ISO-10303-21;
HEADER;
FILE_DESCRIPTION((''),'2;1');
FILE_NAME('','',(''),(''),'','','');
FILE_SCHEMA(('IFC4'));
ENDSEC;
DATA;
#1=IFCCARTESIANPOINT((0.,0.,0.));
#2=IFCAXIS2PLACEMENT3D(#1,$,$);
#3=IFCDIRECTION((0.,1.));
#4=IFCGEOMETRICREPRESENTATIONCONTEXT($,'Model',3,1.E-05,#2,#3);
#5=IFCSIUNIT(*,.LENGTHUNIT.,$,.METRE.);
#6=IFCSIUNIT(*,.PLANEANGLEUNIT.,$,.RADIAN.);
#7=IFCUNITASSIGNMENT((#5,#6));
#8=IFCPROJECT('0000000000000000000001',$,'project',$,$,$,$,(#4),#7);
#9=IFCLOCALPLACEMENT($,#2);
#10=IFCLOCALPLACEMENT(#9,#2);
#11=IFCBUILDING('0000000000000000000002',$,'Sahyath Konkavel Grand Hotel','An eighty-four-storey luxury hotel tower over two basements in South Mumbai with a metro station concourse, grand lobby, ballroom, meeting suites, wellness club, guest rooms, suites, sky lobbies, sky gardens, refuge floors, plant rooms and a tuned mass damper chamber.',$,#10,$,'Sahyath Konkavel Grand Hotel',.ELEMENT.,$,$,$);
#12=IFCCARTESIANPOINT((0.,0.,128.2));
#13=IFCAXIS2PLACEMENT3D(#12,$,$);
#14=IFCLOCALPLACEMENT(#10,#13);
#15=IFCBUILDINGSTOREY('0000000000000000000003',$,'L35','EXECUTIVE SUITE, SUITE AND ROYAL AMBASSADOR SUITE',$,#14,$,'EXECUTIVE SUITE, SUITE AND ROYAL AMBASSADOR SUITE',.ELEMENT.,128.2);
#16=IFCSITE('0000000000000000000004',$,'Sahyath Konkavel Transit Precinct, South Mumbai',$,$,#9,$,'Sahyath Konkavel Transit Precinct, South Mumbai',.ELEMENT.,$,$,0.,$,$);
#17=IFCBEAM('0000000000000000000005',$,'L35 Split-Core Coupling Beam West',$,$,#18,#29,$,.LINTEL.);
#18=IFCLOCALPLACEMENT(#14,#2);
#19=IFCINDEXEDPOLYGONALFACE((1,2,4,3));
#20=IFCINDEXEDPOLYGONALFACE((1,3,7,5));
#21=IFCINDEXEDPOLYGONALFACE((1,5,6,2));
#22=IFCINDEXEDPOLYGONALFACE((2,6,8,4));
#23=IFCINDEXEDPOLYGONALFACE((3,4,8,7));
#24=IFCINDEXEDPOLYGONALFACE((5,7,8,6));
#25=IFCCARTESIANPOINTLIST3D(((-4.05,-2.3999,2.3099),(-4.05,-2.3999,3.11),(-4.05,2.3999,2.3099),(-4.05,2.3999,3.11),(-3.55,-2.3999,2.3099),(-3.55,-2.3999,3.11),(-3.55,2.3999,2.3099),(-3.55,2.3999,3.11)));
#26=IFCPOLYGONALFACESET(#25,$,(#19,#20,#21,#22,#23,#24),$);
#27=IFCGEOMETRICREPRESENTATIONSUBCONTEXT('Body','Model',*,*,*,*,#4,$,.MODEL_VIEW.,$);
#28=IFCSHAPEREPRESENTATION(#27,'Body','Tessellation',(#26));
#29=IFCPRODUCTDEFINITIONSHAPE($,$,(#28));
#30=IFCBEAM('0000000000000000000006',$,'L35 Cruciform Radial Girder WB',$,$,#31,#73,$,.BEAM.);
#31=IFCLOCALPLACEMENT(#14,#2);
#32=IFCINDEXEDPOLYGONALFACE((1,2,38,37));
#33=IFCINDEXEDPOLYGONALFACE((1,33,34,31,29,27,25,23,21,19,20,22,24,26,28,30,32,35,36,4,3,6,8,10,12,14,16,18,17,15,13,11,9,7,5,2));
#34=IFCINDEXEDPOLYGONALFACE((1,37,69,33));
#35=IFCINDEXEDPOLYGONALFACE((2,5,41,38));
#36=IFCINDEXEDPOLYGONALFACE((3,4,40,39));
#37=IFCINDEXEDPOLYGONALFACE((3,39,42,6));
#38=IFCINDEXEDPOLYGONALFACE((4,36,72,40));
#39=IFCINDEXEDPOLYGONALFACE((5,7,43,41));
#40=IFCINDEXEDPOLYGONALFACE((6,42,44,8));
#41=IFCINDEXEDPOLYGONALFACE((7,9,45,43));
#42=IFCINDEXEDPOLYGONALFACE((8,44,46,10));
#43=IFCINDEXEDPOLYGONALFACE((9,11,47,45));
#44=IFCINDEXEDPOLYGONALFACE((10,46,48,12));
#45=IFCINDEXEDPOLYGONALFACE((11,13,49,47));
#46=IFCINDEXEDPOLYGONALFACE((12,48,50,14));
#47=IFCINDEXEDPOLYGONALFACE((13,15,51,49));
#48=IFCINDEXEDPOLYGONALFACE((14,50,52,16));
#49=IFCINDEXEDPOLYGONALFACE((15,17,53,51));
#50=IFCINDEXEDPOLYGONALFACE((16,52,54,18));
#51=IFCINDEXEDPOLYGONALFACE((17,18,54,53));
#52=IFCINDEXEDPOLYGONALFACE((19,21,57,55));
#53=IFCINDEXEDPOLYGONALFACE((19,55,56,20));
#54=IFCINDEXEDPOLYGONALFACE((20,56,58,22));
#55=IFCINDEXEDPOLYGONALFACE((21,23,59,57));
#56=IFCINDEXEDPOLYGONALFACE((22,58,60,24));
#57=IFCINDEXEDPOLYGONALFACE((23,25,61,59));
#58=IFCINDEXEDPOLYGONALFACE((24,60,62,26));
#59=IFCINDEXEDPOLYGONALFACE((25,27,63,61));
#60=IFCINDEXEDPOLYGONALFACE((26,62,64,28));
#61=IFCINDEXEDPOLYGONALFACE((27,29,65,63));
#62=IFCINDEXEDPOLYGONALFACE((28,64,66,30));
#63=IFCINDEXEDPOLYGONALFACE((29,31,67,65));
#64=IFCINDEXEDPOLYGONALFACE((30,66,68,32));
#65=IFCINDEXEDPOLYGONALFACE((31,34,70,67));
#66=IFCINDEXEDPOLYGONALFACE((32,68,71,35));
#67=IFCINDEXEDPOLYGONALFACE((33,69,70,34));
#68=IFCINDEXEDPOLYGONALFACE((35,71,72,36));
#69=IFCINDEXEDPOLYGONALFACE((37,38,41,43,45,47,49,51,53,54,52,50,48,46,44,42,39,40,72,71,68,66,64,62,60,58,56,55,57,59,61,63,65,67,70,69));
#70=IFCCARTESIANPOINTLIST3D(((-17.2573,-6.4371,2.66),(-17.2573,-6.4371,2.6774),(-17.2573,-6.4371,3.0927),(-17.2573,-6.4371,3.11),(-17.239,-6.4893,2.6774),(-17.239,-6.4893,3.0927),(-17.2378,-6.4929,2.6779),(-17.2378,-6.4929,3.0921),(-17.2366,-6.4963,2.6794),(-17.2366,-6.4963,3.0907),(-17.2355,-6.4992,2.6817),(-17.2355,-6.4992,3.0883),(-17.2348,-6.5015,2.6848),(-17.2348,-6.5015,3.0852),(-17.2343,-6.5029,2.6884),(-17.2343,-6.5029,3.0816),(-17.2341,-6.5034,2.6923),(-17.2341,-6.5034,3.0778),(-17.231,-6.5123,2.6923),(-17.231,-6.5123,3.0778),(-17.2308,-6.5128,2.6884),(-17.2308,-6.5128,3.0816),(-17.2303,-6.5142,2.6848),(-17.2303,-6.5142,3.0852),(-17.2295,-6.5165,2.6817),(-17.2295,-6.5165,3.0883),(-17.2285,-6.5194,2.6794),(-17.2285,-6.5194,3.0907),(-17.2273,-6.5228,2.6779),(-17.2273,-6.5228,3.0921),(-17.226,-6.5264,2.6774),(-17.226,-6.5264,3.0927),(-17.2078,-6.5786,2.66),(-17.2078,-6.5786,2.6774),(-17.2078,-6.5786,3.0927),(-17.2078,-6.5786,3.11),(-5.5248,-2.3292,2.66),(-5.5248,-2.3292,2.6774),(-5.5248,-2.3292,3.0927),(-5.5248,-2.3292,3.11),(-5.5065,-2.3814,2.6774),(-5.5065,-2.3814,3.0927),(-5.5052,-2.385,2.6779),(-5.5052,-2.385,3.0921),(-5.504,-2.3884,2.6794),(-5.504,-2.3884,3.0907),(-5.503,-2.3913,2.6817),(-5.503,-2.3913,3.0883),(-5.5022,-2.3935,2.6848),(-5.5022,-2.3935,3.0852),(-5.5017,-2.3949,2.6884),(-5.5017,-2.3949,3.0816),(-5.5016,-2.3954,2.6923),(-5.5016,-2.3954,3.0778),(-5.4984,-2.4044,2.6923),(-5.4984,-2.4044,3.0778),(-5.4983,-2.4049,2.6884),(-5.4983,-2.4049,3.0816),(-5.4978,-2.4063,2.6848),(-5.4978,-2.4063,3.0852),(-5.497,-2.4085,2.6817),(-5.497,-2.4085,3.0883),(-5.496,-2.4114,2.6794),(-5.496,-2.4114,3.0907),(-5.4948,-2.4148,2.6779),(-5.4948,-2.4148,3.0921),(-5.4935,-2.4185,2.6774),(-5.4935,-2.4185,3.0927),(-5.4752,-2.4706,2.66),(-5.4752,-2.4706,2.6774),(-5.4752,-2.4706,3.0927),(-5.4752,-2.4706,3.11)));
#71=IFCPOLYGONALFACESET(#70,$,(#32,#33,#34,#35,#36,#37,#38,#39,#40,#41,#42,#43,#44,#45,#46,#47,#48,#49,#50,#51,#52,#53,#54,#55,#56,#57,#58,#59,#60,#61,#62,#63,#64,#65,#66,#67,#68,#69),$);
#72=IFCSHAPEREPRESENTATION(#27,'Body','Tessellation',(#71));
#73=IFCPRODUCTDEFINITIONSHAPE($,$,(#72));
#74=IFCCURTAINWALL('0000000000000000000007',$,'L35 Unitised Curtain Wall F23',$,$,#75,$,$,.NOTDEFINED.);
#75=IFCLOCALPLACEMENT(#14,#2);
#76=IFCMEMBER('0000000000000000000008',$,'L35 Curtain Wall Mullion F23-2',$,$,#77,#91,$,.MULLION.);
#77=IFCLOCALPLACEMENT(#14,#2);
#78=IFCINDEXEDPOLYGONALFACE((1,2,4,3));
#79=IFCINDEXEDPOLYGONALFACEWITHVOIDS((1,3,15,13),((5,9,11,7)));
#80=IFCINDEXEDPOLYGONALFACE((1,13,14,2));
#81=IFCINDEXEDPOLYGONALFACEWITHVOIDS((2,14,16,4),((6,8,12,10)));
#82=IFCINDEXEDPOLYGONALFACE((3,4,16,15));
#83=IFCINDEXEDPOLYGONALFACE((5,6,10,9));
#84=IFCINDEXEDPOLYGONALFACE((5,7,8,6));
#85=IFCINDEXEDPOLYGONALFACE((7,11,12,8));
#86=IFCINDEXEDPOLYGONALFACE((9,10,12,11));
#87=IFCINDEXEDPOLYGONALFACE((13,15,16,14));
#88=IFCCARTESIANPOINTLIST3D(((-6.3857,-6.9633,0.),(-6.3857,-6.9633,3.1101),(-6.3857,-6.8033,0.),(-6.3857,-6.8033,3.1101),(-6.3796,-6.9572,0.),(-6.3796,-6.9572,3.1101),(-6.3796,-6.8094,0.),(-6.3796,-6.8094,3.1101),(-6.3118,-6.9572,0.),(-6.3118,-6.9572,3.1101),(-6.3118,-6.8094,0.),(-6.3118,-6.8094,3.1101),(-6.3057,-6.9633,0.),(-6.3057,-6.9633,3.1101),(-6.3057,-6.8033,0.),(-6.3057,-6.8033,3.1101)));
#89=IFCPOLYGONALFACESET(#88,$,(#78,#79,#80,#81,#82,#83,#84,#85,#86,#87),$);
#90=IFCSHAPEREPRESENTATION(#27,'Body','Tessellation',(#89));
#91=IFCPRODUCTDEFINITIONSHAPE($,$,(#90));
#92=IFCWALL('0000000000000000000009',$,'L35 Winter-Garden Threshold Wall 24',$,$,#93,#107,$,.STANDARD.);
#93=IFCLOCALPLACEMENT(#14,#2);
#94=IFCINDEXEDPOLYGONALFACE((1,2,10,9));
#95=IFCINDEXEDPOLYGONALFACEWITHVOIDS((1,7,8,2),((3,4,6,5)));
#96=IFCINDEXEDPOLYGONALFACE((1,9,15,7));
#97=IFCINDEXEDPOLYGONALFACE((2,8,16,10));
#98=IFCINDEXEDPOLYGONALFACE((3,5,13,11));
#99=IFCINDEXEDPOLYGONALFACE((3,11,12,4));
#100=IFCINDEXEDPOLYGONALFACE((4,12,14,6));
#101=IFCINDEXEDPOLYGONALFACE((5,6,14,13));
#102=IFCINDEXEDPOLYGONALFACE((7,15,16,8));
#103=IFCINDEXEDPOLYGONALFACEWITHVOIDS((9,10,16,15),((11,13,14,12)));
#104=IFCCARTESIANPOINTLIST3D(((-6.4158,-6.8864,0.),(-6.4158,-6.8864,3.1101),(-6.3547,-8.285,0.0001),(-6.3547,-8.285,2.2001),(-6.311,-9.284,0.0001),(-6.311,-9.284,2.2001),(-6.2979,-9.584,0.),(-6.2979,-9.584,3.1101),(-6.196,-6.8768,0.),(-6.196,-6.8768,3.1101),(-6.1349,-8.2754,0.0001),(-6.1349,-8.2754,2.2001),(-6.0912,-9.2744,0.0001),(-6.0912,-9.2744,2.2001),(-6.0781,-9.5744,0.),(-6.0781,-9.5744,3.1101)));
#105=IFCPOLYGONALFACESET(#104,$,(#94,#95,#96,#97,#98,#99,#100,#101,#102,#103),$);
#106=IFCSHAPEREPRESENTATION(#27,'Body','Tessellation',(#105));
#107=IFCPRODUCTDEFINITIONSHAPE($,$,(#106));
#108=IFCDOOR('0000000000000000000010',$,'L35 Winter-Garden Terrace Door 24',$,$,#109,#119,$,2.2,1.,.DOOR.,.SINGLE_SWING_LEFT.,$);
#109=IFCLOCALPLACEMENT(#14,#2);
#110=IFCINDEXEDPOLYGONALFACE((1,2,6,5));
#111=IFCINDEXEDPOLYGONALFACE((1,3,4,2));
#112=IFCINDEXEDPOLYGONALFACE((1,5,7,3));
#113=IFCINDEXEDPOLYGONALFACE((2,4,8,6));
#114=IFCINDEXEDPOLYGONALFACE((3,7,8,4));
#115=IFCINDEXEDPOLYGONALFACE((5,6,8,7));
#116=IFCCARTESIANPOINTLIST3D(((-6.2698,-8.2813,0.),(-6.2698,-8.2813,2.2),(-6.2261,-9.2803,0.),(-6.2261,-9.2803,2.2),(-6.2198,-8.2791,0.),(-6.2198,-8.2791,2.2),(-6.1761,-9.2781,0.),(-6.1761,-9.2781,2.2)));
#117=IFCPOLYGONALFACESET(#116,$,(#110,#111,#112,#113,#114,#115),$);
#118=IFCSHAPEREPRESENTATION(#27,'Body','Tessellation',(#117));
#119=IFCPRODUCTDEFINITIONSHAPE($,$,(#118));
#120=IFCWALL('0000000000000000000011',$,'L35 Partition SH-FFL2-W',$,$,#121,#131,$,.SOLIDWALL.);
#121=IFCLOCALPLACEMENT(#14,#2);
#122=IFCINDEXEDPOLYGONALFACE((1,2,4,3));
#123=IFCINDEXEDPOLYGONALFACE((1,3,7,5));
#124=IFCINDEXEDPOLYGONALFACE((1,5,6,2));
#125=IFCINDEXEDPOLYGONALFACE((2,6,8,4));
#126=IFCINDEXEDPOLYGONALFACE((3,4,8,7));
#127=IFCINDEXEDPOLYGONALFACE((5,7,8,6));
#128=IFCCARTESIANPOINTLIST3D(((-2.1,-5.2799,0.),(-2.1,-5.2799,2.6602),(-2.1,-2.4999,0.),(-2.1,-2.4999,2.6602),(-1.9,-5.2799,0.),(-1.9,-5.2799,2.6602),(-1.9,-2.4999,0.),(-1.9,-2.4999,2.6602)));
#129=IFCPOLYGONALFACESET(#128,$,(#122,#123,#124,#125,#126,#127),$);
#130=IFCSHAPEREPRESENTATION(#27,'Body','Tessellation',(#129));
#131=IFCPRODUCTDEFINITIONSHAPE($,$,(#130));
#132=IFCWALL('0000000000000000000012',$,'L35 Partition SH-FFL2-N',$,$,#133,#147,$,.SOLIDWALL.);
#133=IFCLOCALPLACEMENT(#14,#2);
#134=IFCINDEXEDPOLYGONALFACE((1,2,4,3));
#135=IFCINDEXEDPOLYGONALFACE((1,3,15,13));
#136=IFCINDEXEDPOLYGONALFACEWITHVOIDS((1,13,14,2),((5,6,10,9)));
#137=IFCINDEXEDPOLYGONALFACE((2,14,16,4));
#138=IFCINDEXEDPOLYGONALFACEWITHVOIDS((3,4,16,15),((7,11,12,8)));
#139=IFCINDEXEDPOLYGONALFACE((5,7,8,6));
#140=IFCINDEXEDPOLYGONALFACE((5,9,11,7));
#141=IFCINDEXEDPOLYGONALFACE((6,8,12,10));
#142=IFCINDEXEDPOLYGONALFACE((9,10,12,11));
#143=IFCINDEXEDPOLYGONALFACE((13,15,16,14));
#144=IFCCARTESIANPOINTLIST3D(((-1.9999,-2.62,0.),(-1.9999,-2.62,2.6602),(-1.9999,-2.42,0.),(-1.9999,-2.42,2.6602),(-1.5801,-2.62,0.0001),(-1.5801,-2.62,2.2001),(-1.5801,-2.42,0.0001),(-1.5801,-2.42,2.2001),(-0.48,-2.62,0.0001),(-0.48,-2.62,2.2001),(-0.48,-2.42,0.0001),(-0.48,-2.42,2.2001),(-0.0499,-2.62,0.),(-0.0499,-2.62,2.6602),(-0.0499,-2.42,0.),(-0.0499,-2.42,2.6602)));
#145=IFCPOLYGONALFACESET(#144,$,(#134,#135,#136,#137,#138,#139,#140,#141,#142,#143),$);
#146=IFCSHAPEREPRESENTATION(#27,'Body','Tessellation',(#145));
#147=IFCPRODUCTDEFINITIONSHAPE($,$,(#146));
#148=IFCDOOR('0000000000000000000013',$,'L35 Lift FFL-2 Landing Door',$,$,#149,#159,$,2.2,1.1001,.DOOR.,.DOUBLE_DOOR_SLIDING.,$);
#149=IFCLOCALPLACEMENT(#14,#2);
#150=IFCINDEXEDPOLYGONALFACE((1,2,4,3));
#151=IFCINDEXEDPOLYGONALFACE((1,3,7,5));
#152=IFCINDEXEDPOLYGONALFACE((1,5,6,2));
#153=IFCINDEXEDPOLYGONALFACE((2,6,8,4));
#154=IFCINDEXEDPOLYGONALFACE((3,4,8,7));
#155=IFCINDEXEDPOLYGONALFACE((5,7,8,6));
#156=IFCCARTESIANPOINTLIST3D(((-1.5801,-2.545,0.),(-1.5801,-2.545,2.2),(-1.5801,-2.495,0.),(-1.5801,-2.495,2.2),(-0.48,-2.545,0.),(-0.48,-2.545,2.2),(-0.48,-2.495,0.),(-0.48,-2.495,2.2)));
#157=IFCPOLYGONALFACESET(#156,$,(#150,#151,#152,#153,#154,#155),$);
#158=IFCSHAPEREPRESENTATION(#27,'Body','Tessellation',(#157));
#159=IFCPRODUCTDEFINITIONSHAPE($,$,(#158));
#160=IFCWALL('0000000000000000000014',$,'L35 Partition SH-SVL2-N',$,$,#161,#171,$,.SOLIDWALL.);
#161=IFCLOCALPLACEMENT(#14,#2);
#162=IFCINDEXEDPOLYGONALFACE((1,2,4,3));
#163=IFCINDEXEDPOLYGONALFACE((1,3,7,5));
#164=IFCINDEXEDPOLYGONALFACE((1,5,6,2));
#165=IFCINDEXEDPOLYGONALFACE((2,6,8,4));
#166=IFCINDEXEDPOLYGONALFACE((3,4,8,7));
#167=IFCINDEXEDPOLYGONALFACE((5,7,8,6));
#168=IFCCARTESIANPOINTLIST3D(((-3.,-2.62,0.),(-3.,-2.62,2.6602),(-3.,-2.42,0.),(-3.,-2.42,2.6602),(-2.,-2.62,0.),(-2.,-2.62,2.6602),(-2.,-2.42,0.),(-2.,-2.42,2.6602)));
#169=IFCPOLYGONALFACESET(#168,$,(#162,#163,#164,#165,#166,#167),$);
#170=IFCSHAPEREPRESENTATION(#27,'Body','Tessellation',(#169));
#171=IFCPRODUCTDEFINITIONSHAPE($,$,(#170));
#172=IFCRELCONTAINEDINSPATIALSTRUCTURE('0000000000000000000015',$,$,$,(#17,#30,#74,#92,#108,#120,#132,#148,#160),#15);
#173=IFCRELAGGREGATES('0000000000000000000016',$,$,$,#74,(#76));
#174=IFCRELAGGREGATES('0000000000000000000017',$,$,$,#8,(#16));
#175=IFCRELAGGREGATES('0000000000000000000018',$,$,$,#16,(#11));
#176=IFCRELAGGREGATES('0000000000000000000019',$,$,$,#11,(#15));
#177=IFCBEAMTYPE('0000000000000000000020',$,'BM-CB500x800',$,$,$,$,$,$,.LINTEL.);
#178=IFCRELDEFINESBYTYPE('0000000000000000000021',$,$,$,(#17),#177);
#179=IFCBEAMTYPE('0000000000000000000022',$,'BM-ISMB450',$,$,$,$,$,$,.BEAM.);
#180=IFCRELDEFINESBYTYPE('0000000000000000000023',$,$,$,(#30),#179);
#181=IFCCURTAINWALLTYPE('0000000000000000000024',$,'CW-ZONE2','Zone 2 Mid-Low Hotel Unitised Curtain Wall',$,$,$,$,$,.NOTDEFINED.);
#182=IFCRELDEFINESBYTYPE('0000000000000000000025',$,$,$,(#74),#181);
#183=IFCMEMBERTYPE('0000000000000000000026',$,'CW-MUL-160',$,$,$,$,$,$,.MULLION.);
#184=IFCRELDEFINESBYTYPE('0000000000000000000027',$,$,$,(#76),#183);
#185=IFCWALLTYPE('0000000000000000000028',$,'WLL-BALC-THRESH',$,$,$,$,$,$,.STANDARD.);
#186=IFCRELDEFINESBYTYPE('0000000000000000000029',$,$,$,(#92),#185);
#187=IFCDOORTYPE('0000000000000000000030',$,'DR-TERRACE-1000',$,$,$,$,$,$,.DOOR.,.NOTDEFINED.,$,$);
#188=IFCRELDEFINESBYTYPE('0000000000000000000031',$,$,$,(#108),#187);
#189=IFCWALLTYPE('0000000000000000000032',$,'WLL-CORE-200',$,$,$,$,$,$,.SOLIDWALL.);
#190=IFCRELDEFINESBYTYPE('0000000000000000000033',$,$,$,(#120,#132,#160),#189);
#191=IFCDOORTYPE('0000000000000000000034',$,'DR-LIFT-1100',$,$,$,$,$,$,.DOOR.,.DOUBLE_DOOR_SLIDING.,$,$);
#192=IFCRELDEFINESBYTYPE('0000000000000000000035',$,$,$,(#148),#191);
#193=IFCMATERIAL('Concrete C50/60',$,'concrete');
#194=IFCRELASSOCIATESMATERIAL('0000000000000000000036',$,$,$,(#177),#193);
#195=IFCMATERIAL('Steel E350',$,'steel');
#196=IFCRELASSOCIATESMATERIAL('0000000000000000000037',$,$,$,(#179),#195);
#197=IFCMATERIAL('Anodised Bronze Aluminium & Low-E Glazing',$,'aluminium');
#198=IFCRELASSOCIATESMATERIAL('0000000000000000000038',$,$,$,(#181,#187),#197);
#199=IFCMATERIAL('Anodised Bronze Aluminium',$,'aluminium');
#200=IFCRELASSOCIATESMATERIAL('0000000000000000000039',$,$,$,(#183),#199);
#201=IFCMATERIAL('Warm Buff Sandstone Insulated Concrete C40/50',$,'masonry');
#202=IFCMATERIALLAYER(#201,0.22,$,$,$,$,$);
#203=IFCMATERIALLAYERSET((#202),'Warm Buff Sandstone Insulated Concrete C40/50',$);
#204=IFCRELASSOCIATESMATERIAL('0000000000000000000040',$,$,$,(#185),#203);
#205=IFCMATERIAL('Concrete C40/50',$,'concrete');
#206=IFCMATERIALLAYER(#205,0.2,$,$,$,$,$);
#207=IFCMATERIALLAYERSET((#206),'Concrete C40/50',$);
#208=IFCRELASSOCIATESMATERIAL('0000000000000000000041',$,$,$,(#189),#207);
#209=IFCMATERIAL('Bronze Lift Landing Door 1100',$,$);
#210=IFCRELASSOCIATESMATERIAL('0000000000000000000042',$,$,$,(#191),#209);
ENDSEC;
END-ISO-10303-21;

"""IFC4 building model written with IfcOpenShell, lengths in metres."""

from ifc_helpers import new_model, si_unit, direction, frame, frame_2d, origin, origin_2d, place, context, subcontext, project, spatial, rectangle, hollow_rectangle, i_section, extrude, source, transform, mapped, material, layer, layer_set, material_profile, profile_set, type_object, element, fill, aggregate, save


model = new_model("IFC4")

# Units and contexts
model_context = context("Model", 3, precision=1e-05, world=origin(), true_north=direction((0.0, 1.0)))
body_context = subcontext(model_context, "Body", "Model", "MODEL_VIEW")
ifc_project = project(units=[si_unit("LENGTHUNIT", "METRE"), si_unit("PLANEANGLEUNIT", "RADIAN")], contexts=[model_context])

# Site, building, storey
site_placement = place(None, origin())
site = spatial("IfcSite", under=ifc_project, at=site_placement, Name="Sahyath Konkavel Transit Precinct, South Mumbai", LongName="Sahyath Konkavel Transit Precinct, South Mumbai", CompositionType="ELEMENT", RefElevation=0.0)
building_placement = place(site_placement, origin())
building = spatial("IfcBuilding", under=site, at=building_placement, Name="Sahyath Konkavel Grand Hotel", Description="An eighty-four-storey luxury hotel tower over two basements in South Mumbai with a metro station concourse, grand lobby, ballroom, meeting suites, wellness club, guest rooms, suites, sky lobbies, sky gardens, refuge floors, plant rooms and a tuned mass damper chamber.", LongName="Sahyath Konkavel Grand Hotel", CompositionType="ELEMENT")
storey_placement = place(building_placement, frame((0.0, 0.0, 128.2)))
storey = spatial("IfcBuildingStorey", under=building, at=storey_placement, Name="L35", Description="EXECUTIVE SUITE, SUITE AND ROYAL AMBASSADOR SUITE", LongName="EXECUTIVE SUITE, SUITE AND ROYAL AMBASSADOR SUITE", CompositionType="ELEMENT", Elevation=128.2)

# Shared definitions
ifc_material_1 = material(Name="Concrete C50/60", Category="concrete")

# Beams
ifc_material_2 = material(Name="Steel E350", Category="steel")
ifc_material_profile_1 = material_profile(ifc_material_1, rectangle(XDim=0.5, YDim=0.8, at=origin_2d()), Name="RC 500x800")
ifc_profile_set_1 = profile_set([ifc_material_profile_1], Name="Concrete C50/60")
beam_type_1 = type_object("IfcBeamType", Name="BM-CB500x800", PredefinedType="LINTEL", material=ifc_profile_set_1)
shared_shape_1 = source(origin(), body_context, "Body", "SweptSolid", [
    extrude(rectangle(XDim=0.5, YDim=0.8, at=origin_2d()), origin(), (0.0, 0.0, 1.0), 4.7998),
])
beam_1_placement = place(storey_placement, frame((-3.8, -2.3999, 2.71), z_axis=(0.0, 1.0, 0.0), x_axis=(-1.0, 0.0, 0.0)))
element("IfcBeam", 1, at=beam_1_placement, inside=storey, type_object=beam_type_1, Name="L35 Split-Core Coupling Beam West", PredefinedType="LINTEL", context=body_context, shape_type="MappedRepresentation", body=[
    mapped(shared_shape_1, transform((0.0, 0.0, 0.0), scale=1.0)),
])
ifc_material_profile_2 = material_profile(ifc_material_2, i_section(OverallWidth=0.1499, OverallDepth=0.45, WebThickness=0.0095, FlangeThickness=0.0173, FilletRadius=0.0149, at=origin_2d()), Name="ISMB 450")
ifc_profile_set_2 = profile_set([ifc_material_profile_2], Name="Steel E350")
beam_type_2 = type_object("IfcBeamType", Name="BM-ISMB450", PredefinedType="BEAM", material=ifc_profile_set_2)
shared_shape_2 = source(origin(), body_context, "Body", "SweptSolid", [
    extrude(i_section(OverallWidth=0.1499, OverallDepth=0.45, WebThickness=0.0095, FlangeThickness=0.0173, FilletRadius=0.0149, at=origin_2d()), origin(), (0.0, 0.0, 1.0), 12.4309),
])
beam_2_placement = place(storey_placement, frame((-5.5, -2.3999, 2.885), z_axis=(-0.943819, -0.330462, 0.0), x_axis=(0.330462, -0.943819, 0.0)))
element("IfcBeam", 2, at=beam_2_placement, inside=storey, type_object=beam_type_2, Name="L35 Cruciform Radial Girder WB", PredefinedType="BEAM", context=body_context, shape_type="MappedRepresentation", body=[
    mapped(shared_shape_2, transform((0.0, 0.0, 0.0), scale=1.0)),
])

# Curtain wall, member
ifc_material_3 = material(Name="Anodised Bronze Aluminium & Low-E Glazing", Category="aluminium")
curtain_wall_type = type_object("IfcCurtainWallType", Name="CW-ZONE2", Description="Zone 2 Mid-Low Hotel Unitised Curtain Wall", PredefinedType="NOTDEFINED", material=ifc_material_3)
curtain_wall_placement = place(storey_placement, origin())
curtain_wall = element("IfcCurtainWall", 3, at=curtain_wall_placement, inside=storey, type_object=curtain_wall_type, Name="L35 Unitised Curtain Wall F23", PredefinedType="NOTDEFINED")
ifc_material_4 = material(Name="Anodised Bronze Aluminium", Category="aluminium")
ifc_material_profile_3 = material_profile(ifc_material_4, hollow_rectangle(XDim=0.0801, YDim=0.1599, WallThickness=0.0061, at=origin_2d()), Name="RHS 160x80x6")
ifc_profile_set_3 = profile_set([ifc_material_profile_3], Name="Anodised Bronze Aluminium")
member_type = type_object("IfcMemberType", Name="CW-MUL-160", PredefinedType="MULLION", material=ifc_profile_set_3)
shared_shape_3 = source(origin(), body_context, "Body", "SweptSolid", [
    extrude(hollow_rectangle(XDim=0.0801, YDim=0.1599, WallThickness=0.0061, at=origin_2d()), origin(), (0.0, 0.0, 1.0), 3.1101),
])
member_placement = place(storey_placement, frame((-6.3457, -6.8833, 0.0), z_axis=(0.0, 0.0, 1.0), x_axis=(1.0, 0.0, 0.0)))
member = element("IfcMember", 4, at=member_placement, type_object=member_type, Name="L35 Curtain Wall Mullion F23-2", PredefinedType="MULLION", context=body_context, shape_type="MappedRepresentation", body=[
    mapped(shared_shape_3, transform((0.0, 0.0, 0.0), scale=1.0)),
])
aggregate(curtain_wall, [member])

# Wall, opening, door
ifc_material_5 = material(Name="Warm Buff Sandstone Insulated Concrete C40/50", Category="masonry")
ifc_layer_1 = layer(ifc_material_5, 0.22)
ifc_layer_set_1 = layer_set([ifc_layer_1], Name="Warm Buff Sandstone Insulated Concrete C40/50")
wall_type_1 = type_object("IfcWallType", Name="WLL-BALC-THRESH", PredefinedType="STANDARD", material=ifc_layer_set_1)
wall_1_placement = place(storey_placement, frame((-6.3059, -6.8816, 0.0), z_axis=(0.0, 0.0, 1.0), x_axis=(0.043673, -0.999046, 0.0)))
wall_1 = element("IfcWall", 5, at=wall_1_placement, inside=storey, type_object=wall_type_1, Name="L35 Winter-Garden Threshold Wall 24", PredefinedType="STANDARD", context=body_context, shape_type="SweptSolid", body=[
    extrude(rectangle(XDim=2.7002, YDim=0.22, at=frame_2d((1.3501, 0.0))), origin(), (0.0, 0.0, 1.0), 3.1101),
])
opening_1_placement = place(wall_1_placement, frame((1.3999, 0.0, 0.0)))
opening_1 = element("IfcOpeningElement", 6, at=opening_1_placement, cuts=wall_1, PredefinedType="OPENING", context=body_context, shape_type="SweptSolid", body=[
    extrude(rectangle(XDim=1.0, YDim=2.2, at=frame_2d((0.5, 1.1001))), frame((0.0, 0.1201, 0.0), z_axis=(0.0, -1.0, 0.0), x_axis=(1.0, 0.0, 0.0)), (0.0, 0.0, 1.0), 0.24),
])
door_type_1 = type_object("IfcDoorType", Name="DR-TERRACE-1000", OperationType="NOTDEFINED", PredefinedType="DOOR", material=ifc_material_3)
shared_shape_4 = source(origin(), body_context, "Body", "SweptSolid", [
    extrude(rectangle(XDim=1.0, YDim=0.05, at=origin_2d()), origin(), (0.0, 0.0, 1.0), 2.2),
])
door_1_placement = place(opening_1_placement, frame((0.5, 0.0, 0.0)))
door_1 = element("IfcDoor", 7, at=door_1_placement, inside=storey, type_object=door_type_1, Name="L35 Winter-Garden Terrace Door 24", OperationType="SINGLE_SWING_LEFT", OverallHeight=2.2, OverallWidth=1.0, PredefinedType="DOOR", context=body_context, shape_type="MappedRepresentation", body=[
    mapped(shared_shape_4, transform((0.0, 0.0, 0.0), scale=1.0)),
])
fill(opening_1, door_1)

# Wall
ifc_material_6 = material(Name="Concrete C40/50", Category="concrete")
ifc_layer_2 = layer(ifc_material_6, 0.2)
ifc_layer_set_2 = layer_set([ifc_layer_2], Name="Concrete C40/50")
wall_type_2 = type_object("IfcWallType", Name="WLL-CORE-200", PredefinedType="SOLIDWALL", material=ifc_layer_set_2)
wall_2_placement = place(storey_placement, frame((-2.0, -5.28, 0.0), z_axis=(0.0, 0.0, 1.0), x_axis=(0.0, 1.0, 0.0)))
element("IfcWall", 8, at=wall_2_placement, inside=storey, type_object=wall_type_2, Name="L35 Partition SH-FFL2-W", PredefinedType="SOLIDWALL", context=body_context, shape_type="SweptSolid", body=[
    extrude(rectangle(XDim=2.78, YDim=0.2, at=frame_2d((1.3901, 0.0))), origin(), (0.0, 0.0, 1.0), 2.6602),
])

# Wall, opening, door
wall_3_placement = place(storey_placement, frame((-2.0, -2.52, 0.0), z_axis=(0.0, 0.0, 1.0), x_axis=(1.0, 0.0, 0.0)))
wall_3 = element("IfcWall", 9, at=wall_3_placement, inside=storey, type_object=wall_type_2, Name="L35 Partition SH-FFL2-N", PredefinedType="SOLIDWALL", context=body_context, shape_type="SweptSolid", body=[
    extrude(rectangle(XDim=1.95, YDim=0.2, at=frame_2d((0.9751, 0.0))), origin(), (0.0, 0.0, 1.0), 2.6602),
])
opening_2_placement = place(wall_3_placement, frame((0.4199, 0.0, 0.0)))
opening_2 = element("IfcOpeningElement", 10, at=opening_2_placement, cuts=wall_3, PredefinedType="OPENING", context=body_context, shape_type="SweptSolid", body=[
    extrude(rectangle(XDim=1.1001, YDim=2.2, at=frame_2d((0.55, 1.1001))), frame((0.0, 0.1099, 0.0), z_axis=(0.0, -1.0, 0.0), x_axis=(1.0, 0.0, 0.0)), (0.0, 0.0, 1.0), 0.22),
])
ifc_material_7 = material(Name="Bronze Lift Landing Door 1100")
door_type_2 = type_object("IfcDoorType", Name="DR-LIFT-1100", OperationType="DOUBLE_DOOR_SLIDING", PredefinedType="DOOR", material=ifc_material_7)
shared_shape_5 = source(origin(), body_context, "Body", "SweptSolid", [
    extrude(rectangle(XDim=1.1001, YDim=0.05, at=origin_2d()), origin(), (0.0, 0.0, 1.0), 2.2),
])
door_2_placement = place(opening_2_placement, frame((0.55, 0.0, 0.0)))
door_2 = element("IfcDoor", 11, at=door_2_placement, inside=storey, type_object=door_type_2, Name="L35 Lift FFL-2 Landing Door", OperationType="DOUBLE_DOOR_SLIDING", OverallHeight=2.2, OverallWidth=1.1001, PredefinedType="DOOR", context=body_context, shape_type="MappedRepresentation", body=[
    mapped(shared_shape_5, transform((0.0, 0.0, 0.0), scale=1.0)),
])
fill(opening_2, door_2)

# Wall
wall_4_placement = place(storey_placement, frame((-3.0, -2.52, 0.0), z_axis=(0.0, 0.0, 1.0), x_axis=(1.0, 0.0, 0.0)))
element("IfcWall", 12, at=wall_4_placement, inside=storey, type_object=wall_type_2, Name="L35 Partition SH-SVL2-N", PredefinedType="SOLIDWALL", context=body_context, shape_type="SweptSolid", body=[
    extrude(rectangle(XDim=1.0, YDim=0.2, at=frame_2d((0.5, 0.0))), origin(), (0.0, 0.0, 1.0), 2.6602),
])

save(model, "model.ifc")
